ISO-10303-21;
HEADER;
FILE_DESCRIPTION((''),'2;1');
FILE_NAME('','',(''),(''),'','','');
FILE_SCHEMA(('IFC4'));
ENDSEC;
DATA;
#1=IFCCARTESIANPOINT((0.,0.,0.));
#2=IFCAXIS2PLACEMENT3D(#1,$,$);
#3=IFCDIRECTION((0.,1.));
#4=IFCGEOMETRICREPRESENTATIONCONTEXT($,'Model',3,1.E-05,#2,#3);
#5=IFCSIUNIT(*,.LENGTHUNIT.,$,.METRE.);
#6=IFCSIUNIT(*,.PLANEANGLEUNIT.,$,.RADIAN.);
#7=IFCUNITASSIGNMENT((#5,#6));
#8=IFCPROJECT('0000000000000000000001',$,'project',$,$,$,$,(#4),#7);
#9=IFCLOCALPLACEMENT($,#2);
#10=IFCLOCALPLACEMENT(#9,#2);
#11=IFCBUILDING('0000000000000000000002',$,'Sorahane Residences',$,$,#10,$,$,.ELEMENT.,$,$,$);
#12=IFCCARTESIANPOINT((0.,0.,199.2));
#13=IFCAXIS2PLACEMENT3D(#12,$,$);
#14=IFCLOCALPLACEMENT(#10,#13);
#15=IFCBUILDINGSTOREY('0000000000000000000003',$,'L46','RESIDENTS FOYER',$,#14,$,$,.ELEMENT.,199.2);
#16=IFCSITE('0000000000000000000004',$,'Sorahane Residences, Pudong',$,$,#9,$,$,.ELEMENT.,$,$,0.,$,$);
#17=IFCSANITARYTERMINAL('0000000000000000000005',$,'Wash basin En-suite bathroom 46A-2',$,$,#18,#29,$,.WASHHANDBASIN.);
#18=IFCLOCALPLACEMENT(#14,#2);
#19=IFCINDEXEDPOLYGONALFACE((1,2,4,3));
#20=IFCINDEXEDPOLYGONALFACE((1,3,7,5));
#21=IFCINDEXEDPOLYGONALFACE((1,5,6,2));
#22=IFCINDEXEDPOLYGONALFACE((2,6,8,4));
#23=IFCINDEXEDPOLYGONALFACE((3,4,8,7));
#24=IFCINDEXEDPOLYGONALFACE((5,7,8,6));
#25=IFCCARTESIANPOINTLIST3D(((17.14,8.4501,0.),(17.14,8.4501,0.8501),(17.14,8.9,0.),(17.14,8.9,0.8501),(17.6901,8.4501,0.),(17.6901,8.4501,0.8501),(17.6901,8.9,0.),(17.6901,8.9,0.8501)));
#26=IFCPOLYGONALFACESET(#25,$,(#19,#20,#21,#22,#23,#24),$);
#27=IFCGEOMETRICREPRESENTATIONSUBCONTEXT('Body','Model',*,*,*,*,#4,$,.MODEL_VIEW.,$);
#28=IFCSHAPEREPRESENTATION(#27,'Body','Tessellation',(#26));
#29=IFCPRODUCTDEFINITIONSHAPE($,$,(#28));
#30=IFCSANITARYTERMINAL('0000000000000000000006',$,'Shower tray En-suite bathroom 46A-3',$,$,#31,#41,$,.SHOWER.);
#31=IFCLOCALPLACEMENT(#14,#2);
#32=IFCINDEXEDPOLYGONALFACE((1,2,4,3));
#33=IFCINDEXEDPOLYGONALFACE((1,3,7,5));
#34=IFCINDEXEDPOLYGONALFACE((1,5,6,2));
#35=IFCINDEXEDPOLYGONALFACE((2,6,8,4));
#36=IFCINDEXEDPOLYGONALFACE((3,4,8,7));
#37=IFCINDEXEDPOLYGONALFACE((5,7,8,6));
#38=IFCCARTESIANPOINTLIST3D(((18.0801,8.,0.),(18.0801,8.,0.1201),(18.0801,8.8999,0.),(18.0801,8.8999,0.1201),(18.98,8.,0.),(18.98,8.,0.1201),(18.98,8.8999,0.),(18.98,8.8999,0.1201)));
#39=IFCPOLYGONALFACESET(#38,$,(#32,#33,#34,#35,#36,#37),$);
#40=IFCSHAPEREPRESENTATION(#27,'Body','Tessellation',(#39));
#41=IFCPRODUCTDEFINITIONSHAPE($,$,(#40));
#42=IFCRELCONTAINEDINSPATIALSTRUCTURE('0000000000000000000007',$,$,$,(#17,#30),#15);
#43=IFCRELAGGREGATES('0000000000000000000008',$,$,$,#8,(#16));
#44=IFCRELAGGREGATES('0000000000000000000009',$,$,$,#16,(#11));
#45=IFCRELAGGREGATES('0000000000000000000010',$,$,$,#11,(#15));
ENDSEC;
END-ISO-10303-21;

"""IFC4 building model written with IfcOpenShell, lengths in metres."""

from ifc_helpers import new_model, si_unit, direction, frame, origin, origin_2d, place, context, subcontext, project, spatial, rectangle, extrude, element, save


model = new_model("IFC4")

# Units and contexts
model_context = context("Model", 3, precision=1e-05, world=origin(), true_north=direction((0.0, 1.0)))
body_context = subcontext(model_context, "Body", "Model", "MODEL_VIEW")
ifc_project = project(units=[si_unit("LENGTHUNIT", "METRE"), si_unit("PLANEANGLEUNIT", "RADIAN")], contexts=[model_context])

# Site, building, storey
site_placement = place(None, origin())
site = spatial("IfcSite", under=ifc_project, at=site_placement, Name="Sorahane Residences, Pudong", CompositionType="ELEMENT", RefElevation=0.0)
building_placement = place(site_placement, origin())
building = spatial("IfcBuilding", under=site, at=building_placement, Name="Sorahane Residences", CompositionType="ELEMENT")
storey_placement = place(building_placement, frame((0.0, 0.0, 199.2)))
storey = spatial("IfcBuildingStorey", under=building, at=storey_placement, Name="L46", Description="RESIDENTS FOYER", CompositionType="ELEMENT", Elevation=199.2)

# Sanitary terminals
sanitary_terminal_1_placement = place(storey_placement, frame((17.415, 8.675, 0.0), z_axis=(0.0, 0.0, 1.0), x_axis=(1.0, 0.0, 0.0)))
element("IfcSanitaryTerminal", 1, at=sanitary_terminal_1_placement, inside=storey, Name="Wash basin En-suite bathroom 46A-2", PredefinedType="WASHHANDBASIN", context=body_context, shape_type="SweptSolid", body=[
    extrude(rectangle(XDim=0.55, YDim=0.45, at=origin_2d()), origin(), (0.0, 0.0, 1.0), 0.8501),
])
sanitary_terminal_2_placement = place(storey_placement, frame((18.53, 8.45, 0.0), z_axis=(0.0, 0.0, 1.0), x_axis=(1.0, 0.0, 0.0)))
element("IfcSanitaryTerminal", 2, at=sanitary_terminal_2_placement, inside=storey, Name="Shower tray En-suite bathroom 46A-3", PredefinedType="SHOWER", context=body_context, shape_type="SweptSolid", body=[
    extrude(rectangle(XDim=0.8999, YDim=0.8999, at=origin_2d()), origin(), (0.0, 0.0, 1.0), 0.1201),
])

save(model, "model.ifc")
